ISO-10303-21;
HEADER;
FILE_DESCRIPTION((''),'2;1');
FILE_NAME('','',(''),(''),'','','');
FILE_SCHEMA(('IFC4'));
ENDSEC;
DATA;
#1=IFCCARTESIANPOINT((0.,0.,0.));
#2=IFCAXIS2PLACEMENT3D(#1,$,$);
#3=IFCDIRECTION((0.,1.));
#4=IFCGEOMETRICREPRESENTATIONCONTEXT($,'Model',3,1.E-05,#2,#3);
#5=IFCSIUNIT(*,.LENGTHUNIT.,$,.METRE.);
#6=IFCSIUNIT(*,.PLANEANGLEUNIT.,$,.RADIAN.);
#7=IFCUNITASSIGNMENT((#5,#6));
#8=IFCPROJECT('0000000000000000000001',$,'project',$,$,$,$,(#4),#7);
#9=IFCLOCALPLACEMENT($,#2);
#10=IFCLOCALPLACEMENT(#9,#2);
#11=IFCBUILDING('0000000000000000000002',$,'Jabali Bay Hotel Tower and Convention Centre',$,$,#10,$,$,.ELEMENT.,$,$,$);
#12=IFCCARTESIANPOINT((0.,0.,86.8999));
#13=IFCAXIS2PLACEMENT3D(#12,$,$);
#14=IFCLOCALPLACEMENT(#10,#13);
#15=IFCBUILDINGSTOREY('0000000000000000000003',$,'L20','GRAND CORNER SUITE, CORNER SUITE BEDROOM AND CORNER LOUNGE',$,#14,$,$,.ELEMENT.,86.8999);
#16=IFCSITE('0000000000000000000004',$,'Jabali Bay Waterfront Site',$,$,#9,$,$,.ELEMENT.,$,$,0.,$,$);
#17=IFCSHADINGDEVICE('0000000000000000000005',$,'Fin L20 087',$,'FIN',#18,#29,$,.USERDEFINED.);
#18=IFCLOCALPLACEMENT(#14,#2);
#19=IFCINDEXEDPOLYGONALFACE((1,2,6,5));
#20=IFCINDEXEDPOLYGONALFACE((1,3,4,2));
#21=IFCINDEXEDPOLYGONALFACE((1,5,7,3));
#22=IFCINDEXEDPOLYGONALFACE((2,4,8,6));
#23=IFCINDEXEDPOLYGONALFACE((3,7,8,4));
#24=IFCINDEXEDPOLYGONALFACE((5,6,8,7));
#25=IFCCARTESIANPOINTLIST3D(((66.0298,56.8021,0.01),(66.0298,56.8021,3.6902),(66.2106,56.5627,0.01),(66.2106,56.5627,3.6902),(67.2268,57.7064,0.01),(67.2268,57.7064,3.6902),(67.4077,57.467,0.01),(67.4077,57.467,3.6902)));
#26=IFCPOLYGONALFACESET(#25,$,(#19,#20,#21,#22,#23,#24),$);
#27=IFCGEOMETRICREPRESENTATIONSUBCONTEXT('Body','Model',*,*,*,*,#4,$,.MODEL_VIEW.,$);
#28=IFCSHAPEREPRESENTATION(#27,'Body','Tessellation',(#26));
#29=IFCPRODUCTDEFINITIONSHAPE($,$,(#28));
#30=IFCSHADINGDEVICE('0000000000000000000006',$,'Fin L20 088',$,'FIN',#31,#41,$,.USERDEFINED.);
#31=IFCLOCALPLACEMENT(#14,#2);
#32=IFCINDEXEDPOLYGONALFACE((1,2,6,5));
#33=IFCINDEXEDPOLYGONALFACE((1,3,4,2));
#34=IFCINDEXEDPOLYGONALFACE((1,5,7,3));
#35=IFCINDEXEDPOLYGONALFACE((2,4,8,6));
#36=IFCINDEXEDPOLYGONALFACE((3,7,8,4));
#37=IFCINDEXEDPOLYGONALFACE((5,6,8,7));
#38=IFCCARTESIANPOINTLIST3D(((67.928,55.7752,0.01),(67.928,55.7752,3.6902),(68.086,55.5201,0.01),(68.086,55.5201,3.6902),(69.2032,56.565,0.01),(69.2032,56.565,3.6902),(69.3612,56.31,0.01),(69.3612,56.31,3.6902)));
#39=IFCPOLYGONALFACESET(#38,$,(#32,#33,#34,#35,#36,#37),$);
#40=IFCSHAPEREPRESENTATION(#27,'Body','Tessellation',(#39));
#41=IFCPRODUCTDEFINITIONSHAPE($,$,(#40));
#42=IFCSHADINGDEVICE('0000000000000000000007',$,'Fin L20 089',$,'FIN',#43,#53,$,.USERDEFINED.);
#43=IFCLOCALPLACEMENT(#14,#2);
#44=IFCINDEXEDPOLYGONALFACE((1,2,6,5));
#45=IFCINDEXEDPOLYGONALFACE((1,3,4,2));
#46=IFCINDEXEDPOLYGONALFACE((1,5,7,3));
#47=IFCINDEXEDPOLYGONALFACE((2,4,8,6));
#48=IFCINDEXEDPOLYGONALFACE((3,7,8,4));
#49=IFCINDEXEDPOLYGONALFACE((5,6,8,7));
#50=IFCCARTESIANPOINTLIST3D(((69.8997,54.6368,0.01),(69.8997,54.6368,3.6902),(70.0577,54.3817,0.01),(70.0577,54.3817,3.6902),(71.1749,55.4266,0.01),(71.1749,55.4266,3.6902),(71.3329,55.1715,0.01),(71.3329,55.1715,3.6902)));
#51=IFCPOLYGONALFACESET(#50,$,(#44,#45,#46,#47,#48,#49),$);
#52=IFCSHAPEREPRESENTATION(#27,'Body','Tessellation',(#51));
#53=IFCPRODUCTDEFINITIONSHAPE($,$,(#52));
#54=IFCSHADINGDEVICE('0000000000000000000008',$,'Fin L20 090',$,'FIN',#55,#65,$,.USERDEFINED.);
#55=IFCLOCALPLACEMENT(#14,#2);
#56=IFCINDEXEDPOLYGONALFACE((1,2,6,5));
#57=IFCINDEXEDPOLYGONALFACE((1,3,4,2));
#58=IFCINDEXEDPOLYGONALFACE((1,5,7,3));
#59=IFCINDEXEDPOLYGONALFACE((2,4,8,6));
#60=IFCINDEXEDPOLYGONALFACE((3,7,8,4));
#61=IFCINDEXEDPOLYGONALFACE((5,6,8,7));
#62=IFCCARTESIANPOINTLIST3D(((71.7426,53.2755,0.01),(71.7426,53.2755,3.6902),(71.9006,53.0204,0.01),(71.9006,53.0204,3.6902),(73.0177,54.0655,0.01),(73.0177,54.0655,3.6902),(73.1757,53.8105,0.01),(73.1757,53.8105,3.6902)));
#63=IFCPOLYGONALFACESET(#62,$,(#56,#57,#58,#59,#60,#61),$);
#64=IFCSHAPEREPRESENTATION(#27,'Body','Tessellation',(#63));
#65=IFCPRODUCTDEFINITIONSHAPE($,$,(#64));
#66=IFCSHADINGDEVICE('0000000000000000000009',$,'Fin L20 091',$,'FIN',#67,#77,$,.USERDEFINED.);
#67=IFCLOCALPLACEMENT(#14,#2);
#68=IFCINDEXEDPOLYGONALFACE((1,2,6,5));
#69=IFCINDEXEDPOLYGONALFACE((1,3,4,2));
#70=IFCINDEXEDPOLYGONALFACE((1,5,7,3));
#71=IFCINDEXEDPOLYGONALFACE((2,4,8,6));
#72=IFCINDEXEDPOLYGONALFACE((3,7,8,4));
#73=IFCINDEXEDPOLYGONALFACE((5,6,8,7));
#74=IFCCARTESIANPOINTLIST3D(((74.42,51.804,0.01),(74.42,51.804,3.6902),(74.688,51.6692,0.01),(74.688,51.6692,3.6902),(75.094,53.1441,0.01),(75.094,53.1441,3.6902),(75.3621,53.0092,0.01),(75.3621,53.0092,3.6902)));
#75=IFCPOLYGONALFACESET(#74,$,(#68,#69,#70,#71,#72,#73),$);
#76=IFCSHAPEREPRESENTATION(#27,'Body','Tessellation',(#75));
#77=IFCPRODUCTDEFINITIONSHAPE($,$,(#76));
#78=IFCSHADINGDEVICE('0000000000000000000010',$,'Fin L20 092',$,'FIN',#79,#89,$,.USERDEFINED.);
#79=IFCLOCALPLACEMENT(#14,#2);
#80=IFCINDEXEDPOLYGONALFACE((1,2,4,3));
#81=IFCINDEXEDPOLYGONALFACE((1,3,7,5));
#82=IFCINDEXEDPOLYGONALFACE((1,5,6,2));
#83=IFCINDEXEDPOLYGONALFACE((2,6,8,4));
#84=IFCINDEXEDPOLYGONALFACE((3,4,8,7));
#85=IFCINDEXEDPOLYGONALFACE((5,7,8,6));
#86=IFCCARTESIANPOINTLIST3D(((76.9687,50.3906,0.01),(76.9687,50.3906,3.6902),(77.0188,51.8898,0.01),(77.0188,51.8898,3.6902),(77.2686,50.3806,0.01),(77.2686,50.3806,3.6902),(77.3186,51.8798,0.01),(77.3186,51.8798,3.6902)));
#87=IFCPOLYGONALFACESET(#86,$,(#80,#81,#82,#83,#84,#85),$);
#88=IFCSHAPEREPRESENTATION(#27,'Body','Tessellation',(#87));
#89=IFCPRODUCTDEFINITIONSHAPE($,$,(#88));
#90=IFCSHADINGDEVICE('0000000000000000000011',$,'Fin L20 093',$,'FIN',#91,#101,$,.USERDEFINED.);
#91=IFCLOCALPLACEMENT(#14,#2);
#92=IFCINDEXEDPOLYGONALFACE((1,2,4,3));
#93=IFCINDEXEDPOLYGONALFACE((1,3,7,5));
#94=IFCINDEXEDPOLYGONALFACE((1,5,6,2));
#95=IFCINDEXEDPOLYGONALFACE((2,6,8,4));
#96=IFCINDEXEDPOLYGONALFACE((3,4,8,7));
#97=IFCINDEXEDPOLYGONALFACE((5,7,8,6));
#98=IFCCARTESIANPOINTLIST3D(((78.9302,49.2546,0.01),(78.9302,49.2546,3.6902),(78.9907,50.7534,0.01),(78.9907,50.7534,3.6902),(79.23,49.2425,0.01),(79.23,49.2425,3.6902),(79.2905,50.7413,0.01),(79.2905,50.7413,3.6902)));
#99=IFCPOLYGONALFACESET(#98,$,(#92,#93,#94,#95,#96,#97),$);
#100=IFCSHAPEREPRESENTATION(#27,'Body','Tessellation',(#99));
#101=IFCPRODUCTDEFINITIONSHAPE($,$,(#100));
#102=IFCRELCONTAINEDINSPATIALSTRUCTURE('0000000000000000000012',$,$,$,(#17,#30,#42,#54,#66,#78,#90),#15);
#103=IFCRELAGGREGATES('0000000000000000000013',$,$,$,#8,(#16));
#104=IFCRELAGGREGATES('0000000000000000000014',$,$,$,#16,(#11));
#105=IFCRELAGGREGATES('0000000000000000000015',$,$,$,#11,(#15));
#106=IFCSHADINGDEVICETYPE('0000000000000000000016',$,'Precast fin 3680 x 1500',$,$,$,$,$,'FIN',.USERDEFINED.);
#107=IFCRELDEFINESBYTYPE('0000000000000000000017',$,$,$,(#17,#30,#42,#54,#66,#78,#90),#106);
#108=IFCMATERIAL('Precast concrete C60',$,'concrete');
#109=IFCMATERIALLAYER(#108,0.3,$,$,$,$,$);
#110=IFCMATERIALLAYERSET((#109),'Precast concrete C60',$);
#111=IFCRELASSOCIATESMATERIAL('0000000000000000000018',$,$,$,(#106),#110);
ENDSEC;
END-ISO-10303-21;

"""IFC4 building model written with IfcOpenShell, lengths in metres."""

from ifc_helpers import new_model, si_unit, direction, frame, frame_2d, origin, place, context, subcontext, project, spatial, rectangle, extrude, material, layer, layer_set, type_object, element, save


model = new_model("IFC4")

# Units and contexts
model_context = context("Model", 3, precision=1e-05, world=origin(), true_north=direction((0.0, 1.0)))
body_context = subcontext(model_context, "Body", "Model", "MODEL_VIEW")
ifc_project = project(units=[si_unit("LENGTHUNIT", "METRE"), si_unit("PLANEANGLEUNIT", "RADIAN")], contexts=[model_context])

# Site, building, storey
site_placement = place(None, origin())
site = spatial("IfcSite", under=ifc_project, at=site_placement, Name="Jabali Bay Waterfront Site", CompositionType="ELEMENT", RefElevation=0.0)
building_placement = place(site_placement, origin())
building = spatial("IfcBuilding", under=site, at=building_placement, Name="Jabali Bay Hotel Tower and Convention Centre", CompositionType="ELEMENT")
storey_placement = place(building_placement, frame((0.0, 0.0, 86.8999)))
storey = spatial("IfcBuildingStorey", under=building, at=storey_placement, Name="L20", Description="GRAND CORNER SUITE, CORNER SUITE BEDROOM AND CORNER LOUNGE", CompositionType="ELEMENT", Elevation=86.8999)

# Shading devices
ifc_material_1 = material(Name="Precast concrete C60", Category="concrete")
ifc_layer_1 = layer(ifc_material_1, 0.3)
ifc_layer_set_1 = layer_set([ifc_layer_1], Name="Precast concrete C60")
shading_device_type = type_object("IfcShadingDeviceType", Name="Precast fin 3680 x 1500", ElementType="FIN", PredefinedType="USERDEFINED", material=ifc_layer_set_1)
shading_device_1_placement = place(storey_placement, frame((67.3171, 57.5867, 0.01), z_axis=(0.0, 0.0, 1.0), x_axis=(-0.797906, -0.602782, 0.0)))
element("IfcShadingDevice", 1, at=shading_device_1_placement, inside=storey, type_object=shading_device_type, Name="Fin L20 087", ObjectType="FIN", PredefinedType="USERDEFINED", context=body_context, shape_type="SweptSolid", body=[
    extrude(rectangle(XDim=1.5002, YDim=0.3, at=frame_2d((0.75, 0.0))), origin(), (0.0, 0.0, 1.0), 3.6802),
])
for number, where, z_axis, x_axis, name in (
    (2, (69.2822, 56.4375, 0.01), (0.0, 0.0, 1.0), (-0.85014, -0.526556, 0.0), "Fin L20 088"),
    (3, (71.2539, 55.2991, 0.01), (0.0, 0.0, 1.0), (-0.85014, -0.526556, 0.0), "Fin L20 089"),
    (4, (73.0967, 53.938, 0.01), (0.0, 0.0, 1.0), (-0.850067, -0.526674, 0.0), "Fin L20 090"),
    (5, (75.228, 53.0767, 0.01), (0.0, 0.0, 1.0), (-0.449361, -0.89335, 0.0), "Fin L20 091"),
    (6, (77.1687, 51.8848, 0.01), (0.0, 0.0, 1.0), (-0.033364, -0.999443, 0.0), "Fin L20 092"),
    (7, (79.1406, 50.7473, 0.01), (0.0, 0.0, 1.0), (-0.040365, -0.999185, 0.0), "Fin L20 093"),
):
    element("IfcShadingDevice", number, at=place(storey_placement, frame(where, z_axis=z_axis, x_axis=x_axis)), inside=storey, type_object=shading_device_type, Name=name, ObjectType="FIN", PredefinedType="USERDEFINED", context=body_context, shape_type="SweptSolid", body=[
        extrude(rectangle(XDim=1.5, YDim=0.3, at=frame_2d((0.75, 0.0))), origin(), (0.0, 0.0, 1.0), 3.6802),
    ])

save(model, "model.ifc")
